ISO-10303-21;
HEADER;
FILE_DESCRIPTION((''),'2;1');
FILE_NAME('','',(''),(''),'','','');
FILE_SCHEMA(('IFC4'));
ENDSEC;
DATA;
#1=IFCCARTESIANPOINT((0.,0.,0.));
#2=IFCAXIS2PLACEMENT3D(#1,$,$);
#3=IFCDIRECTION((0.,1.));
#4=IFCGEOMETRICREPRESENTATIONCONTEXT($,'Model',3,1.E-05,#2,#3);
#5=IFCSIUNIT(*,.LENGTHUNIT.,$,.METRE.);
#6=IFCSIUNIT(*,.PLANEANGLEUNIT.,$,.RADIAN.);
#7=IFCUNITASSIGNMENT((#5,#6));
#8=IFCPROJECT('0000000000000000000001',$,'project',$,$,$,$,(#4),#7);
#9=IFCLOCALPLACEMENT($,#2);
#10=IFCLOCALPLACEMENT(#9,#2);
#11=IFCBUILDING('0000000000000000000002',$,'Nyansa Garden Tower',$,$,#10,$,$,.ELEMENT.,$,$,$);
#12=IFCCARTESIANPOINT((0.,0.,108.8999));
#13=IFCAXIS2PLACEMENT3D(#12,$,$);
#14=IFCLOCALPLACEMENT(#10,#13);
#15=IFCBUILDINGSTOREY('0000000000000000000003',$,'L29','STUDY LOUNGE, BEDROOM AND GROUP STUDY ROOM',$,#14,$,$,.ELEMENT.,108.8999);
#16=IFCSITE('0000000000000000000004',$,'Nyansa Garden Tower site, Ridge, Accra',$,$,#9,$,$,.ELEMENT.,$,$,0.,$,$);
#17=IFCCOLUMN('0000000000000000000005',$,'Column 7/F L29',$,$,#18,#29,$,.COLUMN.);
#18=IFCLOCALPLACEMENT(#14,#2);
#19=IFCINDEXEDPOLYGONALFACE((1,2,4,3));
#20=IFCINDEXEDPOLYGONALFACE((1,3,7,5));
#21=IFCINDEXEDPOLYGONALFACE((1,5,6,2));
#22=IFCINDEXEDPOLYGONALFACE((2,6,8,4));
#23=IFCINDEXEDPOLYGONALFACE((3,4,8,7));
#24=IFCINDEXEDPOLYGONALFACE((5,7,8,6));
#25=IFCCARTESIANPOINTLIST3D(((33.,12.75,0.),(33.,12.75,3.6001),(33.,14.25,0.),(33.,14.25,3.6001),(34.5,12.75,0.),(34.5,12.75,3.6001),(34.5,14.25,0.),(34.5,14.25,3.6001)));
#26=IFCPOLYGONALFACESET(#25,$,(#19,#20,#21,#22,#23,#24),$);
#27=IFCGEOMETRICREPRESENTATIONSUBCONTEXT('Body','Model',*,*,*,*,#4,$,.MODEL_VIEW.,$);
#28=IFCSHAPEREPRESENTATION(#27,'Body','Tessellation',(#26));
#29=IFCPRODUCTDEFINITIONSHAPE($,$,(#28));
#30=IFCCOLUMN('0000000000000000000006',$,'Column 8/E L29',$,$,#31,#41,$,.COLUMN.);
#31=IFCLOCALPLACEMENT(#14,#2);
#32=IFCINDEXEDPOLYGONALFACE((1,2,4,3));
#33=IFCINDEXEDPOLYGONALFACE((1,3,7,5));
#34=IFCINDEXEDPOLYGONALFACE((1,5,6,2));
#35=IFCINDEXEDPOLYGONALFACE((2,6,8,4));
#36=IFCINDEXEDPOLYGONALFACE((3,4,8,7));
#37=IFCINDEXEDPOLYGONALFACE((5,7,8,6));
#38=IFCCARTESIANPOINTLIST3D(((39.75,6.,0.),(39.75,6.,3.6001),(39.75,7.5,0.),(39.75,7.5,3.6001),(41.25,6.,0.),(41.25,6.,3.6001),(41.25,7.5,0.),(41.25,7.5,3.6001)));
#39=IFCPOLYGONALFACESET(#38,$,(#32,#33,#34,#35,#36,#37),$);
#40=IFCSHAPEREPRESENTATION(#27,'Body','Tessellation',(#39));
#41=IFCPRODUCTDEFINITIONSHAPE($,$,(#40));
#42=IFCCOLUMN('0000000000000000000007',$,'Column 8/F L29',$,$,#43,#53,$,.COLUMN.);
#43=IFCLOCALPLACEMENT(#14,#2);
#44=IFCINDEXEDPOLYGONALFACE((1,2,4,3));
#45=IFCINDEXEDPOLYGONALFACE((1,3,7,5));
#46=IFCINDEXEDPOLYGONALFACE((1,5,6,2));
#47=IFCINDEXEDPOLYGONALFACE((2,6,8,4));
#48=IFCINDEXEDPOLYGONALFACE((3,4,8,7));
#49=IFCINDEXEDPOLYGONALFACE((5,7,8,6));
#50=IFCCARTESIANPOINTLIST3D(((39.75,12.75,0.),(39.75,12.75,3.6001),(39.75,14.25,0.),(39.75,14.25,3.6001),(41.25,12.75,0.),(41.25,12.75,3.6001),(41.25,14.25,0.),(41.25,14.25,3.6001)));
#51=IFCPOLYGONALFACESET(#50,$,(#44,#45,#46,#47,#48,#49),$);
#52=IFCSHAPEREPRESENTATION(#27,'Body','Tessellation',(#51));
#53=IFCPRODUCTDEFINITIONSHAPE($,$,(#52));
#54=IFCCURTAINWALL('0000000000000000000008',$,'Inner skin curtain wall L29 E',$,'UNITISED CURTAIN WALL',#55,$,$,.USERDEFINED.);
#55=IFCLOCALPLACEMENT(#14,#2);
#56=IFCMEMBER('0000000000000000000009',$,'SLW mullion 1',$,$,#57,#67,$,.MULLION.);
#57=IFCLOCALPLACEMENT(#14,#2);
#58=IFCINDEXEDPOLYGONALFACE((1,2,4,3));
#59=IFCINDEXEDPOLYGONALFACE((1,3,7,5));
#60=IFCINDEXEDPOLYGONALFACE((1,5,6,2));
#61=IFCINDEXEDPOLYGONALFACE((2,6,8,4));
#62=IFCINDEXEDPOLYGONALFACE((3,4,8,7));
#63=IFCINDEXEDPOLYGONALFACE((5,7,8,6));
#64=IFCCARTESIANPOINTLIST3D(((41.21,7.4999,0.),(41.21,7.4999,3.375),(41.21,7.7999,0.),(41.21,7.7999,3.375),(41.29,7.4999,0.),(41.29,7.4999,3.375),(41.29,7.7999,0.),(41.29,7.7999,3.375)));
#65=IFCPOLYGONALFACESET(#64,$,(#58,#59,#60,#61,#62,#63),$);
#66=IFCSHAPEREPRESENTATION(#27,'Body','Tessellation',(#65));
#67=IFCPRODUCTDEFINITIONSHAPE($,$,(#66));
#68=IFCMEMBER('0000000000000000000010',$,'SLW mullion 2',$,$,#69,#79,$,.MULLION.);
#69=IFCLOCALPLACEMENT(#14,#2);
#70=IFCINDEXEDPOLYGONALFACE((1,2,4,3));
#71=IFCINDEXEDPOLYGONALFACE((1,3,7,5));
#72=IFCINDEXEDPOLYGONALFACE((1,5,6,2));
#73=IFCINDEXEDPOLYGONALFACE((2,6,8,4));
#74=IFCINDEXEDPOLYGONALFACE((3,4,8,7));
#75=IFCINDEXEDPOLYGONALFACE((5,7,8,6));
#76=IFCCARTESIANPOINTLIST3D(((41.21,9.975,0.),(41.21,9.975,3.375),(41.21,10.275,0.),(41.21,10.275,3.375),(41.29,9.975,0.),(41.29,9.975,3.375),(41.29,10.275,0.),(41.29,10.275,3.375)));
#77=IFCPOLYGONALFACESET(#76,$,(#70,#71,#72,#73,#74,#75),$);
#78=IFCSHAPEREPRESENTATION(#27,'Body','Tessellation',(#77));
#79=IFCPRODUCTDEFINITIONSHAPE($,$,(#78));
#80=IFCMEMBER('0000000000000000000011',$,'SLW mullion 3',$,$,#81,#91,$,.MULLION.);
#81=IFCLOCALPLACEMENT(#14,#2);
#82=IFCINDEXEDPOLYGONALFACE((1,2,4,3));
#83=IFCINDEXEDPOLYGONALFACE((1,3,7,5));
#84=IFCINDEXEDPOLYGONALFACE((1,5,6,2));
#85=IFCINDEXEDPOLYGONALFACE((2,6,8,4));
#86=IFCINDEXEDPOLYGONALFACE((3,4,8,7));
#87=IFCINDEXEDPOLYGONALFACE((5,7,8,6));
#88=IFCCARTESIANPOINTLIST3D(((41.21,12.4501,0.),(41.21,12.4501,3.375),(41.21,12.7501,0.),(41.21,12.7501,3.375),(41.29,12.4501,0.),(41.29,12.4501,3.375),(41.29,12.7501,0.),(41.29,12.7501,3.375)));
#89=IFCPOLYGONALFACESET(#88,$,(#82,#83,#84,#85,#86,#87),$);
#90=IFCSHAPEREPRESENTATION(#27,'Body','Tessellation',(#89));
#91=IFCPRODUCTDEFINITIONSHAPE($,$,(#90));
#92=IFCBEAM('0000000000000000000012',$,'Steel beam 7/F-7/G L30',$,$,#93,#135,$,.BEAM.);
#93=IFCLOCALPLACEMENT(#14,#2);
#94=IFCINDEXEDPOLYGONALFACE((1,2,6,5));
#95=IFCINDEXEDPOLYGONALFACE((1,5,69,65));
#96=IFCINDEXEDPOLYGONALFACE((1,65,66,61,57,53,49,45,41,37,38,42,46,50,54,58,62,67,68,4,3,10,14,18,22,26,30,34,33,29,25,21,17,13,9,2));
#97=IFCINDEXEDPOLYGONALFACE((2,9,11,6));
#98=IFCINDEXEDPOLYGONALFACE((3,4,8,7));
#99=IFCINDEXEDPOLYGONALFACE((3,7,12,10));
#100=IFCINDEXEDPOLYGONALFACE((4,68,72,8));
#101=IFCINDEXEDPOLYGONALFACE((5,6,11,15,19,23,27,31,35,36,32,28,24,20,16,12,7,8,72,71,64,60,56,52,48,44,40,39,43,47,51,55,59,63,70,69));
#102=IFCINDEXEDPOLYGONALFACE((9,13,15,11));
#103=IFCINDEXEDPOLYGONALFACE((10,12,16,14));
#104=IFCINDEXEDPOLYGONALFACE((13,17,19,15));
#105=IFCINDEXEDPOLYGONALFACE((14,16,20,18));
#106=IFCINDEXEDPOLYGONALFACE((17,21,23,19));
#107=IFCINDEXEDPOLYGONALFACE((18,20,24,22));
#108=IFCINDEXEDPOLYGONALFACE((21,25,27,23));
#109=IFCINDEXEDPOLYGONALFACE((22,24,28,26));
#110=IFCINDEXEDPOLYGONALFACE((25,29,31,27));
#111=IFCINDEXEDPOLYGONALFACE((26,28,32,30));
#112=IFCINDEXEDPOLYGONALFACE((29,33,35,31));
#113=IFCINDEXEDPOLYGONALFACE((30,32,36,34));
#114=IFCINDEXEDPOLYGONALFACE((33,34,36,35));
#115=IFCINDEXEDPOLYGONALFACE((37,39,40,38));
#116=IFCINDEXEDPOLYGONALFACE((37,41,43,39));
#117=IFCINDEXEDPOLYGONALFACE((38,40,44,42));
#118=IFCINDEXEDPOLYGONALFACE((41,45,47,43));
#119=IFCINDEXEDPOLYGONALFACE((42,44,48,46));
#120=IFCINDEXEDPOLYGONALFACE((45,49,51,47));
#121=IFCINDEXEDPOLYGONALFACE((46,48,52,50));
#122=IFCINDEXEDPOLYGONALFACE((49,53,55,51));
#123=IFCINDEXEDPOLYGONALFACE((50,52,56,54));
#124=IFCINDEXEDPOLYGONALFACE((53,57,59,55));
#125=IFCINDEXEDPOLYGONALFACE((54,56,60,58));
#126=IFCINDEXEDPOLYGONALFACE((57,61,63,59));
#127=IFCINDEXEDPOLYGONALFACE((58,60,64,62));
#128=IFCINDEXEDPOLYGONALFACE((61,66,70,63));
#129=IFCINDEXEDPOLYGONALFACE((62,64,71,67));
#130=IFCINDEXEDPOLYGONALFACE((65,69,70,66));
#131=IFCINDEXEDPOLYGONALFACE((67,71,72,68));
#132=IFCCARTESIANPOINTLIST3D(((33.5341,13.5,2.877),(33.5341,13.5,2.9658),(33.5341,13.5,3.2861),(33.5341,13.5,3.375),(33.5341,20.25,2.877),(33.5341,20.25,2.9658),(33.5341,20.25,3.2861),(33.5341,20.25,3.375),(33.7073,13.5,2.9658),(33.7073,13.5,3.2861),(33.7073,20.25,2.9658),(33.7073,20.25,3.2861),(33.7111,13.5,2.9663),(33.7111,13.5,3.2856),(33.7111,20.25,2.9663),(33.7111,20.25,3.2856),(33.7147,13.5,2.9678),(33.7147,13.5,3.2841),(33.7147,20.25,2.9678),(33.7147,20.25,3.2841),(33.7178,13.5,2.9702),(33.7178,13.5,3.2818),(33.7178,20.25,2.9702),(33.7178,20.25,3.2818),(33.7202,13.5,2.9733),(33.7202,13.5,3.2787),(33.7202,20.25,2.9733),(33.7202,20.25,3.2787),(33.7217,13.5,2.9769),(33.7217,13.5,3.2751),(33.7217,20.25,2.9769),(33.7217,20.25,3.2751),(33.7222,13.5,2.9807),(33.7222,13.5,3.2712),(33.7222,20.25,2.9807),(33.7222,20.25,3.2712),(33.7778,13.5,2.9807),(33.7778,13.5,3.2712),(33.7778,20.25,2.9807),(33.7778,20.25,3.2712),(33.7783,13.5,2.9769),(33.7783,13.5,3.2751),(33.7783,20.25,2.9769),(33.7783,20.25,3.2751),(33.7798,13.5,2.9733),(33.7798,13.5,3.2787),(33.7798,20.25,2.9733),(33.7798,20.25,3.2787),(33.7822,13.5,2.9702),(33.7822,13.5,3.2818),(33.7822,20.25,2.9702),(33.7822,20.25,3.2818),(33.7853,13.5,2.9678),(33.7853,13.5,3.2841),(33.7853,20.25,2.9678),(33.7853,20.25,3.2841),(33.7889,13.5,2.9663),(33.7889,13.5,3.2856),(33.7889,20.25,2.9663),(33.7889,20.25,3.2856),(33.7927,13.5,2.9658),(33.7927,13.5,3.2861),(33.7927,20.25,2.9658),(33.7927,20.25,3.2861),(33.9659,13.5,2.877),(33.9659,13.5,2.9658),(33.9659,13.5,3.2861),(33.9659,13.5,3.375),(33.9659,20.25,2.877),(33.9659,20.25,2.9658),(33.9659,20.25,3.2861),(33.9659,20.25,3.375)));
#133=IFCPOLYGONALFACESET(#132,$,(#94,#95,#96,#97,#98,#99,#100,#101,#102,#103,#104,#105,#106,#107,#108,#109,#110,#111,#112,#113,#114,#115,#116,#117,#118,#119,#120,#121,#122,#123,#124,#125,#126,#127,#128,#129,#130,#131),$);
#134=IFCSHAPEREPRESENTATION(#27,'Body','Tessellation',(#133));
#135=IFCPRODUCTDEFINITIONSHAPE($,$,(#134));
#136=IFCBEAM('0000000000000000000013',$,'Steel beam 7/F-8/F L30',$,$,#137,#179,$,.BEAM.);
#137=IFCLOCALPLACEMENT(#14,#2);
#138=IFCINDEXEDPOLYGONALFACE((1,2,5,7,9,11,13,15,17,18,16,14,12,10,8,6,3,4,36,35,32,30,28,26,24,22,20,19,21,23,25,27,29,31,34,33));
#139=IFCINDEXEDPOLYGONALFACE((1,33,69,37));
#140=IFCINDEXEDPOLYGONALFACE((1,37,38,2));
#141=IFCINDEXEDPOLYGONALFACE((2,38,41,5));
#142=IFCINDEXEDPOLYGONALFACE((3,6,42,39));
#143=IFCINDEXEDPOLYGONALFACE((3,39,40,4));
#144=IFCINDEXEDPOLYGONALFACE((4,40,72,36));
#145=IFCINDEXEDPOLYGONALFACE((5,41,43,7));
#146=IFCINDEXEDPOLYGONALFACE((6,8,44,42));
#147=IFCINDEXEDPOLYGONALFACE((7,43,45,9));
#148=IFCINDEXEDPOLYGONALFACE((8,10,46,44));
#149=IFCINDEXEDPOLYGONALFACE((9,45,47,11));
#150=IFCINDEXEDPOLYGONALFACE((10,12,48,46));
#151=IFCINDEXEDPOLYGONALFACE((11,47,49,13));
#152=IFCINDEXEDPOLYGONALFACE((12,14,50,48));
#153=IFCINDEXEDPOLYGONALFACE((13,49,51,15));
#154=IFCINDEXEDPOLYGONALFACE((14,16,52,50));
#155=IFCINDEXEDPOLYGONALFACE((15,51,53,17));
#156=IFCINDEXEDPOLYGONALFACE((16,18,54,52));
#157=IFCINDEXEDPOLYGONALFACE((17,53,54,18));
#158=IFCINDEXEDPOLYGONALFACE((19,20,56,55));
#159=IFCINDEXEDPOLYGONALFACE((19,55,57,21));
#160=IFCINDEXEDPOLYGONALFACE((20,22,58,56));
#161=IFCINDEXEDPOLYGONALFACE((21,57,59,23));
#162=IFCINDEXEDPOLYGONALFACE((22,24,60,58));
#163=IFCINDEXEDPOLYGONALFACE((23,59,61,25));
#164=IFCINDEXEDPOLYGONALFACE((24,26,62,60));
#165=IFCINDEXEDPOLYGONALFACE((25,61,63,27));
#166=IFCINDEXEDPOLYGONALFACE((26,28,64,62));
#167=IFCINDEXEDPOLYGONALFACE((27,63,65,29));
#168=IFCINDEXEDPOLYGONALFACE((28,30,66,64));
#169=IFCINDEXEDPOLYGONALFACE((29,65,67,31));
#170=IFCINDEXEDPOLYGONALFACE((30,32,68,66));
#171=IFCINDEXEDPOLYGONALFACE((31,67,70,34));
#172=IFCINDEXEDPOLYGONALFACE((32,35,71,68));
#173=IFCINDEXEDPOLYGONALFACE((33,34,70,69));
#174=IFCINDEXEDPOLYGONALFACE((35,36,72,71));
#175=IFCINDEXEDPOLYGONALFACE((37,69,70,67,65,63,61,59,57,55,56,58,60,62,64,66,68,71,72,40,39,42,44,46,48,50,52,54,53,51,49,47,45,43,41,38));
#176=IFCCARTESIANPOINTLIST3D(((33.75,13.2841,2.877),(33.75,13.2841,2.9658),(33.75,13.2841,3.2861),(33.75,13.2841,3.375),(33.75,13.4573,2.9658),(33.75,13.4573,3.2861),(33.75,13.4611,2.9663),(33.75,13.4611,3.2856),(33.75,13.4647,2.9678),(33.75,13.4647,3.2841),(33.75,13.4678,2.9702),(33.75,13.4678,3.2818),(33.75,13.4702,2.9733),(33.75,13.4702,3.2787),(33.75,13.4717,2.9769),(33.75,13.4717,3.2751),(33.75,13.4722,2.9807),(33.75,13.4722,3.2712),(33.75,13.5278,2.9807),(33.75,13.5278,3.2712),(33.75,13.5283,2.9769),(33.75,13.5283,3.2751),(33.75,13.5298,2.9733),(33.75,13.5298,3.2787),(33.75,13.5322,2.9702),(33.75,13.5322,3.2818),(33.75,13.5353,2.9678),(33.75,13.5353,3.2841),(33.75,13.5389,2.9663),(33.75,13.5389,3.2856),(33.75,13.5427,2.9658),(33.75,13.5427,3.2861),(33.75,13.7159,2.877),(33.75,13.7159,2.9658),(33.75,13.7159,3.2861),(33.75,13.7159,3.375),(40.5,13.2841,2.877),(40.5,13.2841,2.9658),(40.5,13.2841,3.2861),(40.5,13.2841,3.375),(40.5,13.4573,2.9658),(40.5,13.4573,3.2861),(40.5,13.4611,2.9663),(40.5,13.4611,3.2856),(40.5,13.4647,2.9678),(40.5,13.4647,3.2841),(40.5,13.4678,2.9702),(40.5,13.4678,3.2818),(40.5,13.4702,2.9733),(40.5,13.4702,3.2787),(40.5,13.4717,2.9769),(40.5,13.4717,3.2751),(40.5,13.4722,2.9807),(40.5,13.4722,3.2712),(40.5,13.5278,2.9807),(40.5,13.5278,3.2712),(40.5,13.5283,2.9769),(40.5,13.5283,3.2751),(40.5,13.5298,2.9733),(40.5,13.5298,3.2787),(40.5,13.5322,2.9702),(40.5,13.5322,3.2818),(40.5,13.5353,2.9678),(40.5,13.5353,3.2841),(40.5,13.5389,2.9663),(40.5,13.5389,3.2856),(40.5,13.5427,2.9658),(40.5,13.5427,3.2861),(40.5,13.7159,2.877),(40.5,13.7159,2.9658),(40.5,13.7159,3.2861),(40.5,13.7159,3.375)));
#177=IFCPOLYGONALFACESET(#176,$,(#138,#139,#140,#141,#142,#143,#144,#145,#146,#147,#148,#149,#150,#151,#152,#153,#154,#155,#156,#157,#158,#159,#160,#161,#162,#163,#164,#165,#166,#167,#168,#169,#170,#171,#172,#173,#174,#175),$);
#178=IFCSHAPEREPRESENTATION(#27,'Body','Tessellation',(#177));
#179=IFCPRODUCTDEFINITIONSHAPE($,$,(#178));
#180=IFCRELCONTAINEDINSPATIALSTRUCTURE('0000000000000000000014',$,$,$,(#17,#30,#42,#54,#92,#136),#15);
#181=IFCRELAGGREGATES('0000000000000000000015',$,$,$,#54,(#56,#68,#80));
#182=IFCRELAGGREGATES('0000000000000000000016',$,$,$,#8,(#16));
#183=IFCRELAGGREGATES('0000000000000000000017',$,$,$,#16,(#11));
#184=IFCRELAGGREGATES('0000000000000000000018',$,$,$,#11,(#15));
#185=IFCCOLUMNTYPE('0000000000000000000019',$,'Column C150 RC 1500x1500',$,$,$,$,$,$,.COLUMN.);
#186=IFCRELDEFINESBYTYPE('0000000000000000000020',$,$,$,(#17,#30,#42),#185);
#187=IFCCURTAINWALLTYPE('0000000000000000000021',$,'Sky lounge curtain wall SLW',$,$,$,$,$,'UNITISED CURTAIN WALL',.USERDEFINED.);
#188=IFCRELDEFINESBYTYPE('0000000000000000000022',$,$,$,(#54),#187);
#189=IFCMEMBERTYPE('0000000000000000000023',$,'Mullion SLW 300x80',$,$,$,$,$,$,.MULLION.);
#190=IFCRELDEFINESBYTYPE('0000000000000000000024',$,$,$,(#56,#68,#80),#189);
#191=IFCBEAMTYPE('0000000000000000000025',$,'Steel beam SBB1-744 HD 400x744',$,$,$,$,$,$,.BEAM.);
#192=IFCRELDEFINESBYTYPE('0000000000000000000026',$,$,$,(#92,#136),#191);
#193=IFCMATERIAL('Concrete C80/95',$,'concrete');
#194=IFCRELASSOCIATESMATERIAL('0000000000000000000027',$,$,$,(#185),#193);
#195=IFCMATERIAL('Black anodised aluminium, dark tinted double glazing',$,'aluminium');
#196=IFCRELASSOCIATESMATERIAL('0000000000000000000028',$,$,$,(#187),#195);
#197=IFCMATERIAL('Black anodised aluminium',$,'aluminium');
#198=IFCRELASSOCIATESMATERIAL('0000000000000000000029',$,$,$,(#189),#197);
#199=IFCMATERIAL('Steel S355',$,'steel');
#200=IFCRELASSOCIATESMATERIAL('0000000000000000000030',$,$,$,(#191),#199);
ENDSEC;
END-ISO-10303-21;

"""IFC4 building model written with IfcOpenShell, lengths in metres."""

from ifc_helpers import new_model, si_unit, direction, frame, origin, origin_2d, place, context, subcontext, project, spatial, rectangle, i_section, extrude, material, material_profile, profile_set, type_object, element, aggregate, save


model = new_model("IFC4")

# Units and contexts
model_context = context("Model", 3, precision=1e-05, world=origin(), true_north=direction((0.0, 1.0)))
body_context = subcontext(model_context, "Body", "Model", "MODEL_VIEW")
ifc_project = project(units=[si_unit("LENGTHUNIT", "METRE"), si_unit("PLANEANGLEUNIT", "RADIAN")], contexts=[model_context])

# Site, building, storey
site_placement = place(None, origin())
site = spatial("IfcSite", under=ifc_project, at=site_placement, Name="Nyansa Garden Tower site, Ridge, Accra", CompositionType="ELEMENT", RefElevation=0.0)
building_placement = place(site_placement, origin())
building = spatial("IfcBuilding", under=site, at=building_placement, Name="Nyansa Garden Tower", CompositionType="ELEMENT")
storey_placement = place(building_placement, frame((0.0, 0.0, 108.8999)))
storey = spatial("IfcBuildingStorey", under=building, at=storey_placement, Name="L29", Description="STUDY LOUNGE, BEDROOM AND GROUP STUDY ROOM", CompositionType="ELEMENT", Elevation=108.8999)

# Columns
ifc_material_1 = material(Name="Concrete C80/95", Category="concrete")
ifc_material_profile_1 = material_profile(ifc_material_1, rectangle(XDim=1.5, YDim=1.5, at=origin_2d()), Name="RC 1500x1500")
ifc_profile_set_1 = profile_set([ifc_material_profile_1], Name="Concrete C80/95")
column_type = type_object("IfcColumnType", Name="Column C150 RC 1500x1500", PredefinedType="COLUMN", material=ifc_profile_set_1)
for number, where, z_axis, x_axis, name in (
    (1, (33.75, 13.5, 0.0), (0.0, 0.0, 1.0), (1.0, 0.0, 0.0), "Column 7/F L29"),
    (2, (40.5, 6.75, 0.0), (0.0, 0.0, 1.0), (1.0, 0.0, 0.0), "Column 8/E L29"),
    (3, (40.5, 13.5, 0.0), (0.0, 0.0, 1.0), (1.0, 0.0, 0.0), "Column 8/F L29"),
):
    element("IfcColumn", number, at=place(storey_placement, frame(where, z_axis=z_axis, x_axis=x_axis)), inside=storey, type_object=column_type, Name=name, PredefinedType="COLUMN", context=body_context, shape_type="SweptSolid", body=[
        extrude(rectangle(XDim=1.5, YDim=1.5, at=origin_2d()), origin(), (0.0, 0.0, 1.0), 3.6001),
    ])

# Curtain wall, members
ifc_material_2 = material(Name="Black anodised aluminium, dark tinted double glazing", Category="aluminium")
curtain_wall_type = type_object("IfcCurtainWallType", Name="Sky lounge curtain wall SLW", ElementType="UNITISED CURTAIN WALL", PredefinedType="USERDEFINED", material=ifc_material_2)
curtain_wall_placement = place(storey_placement, origin())
curtain_wall = element("IfcCurtainWall", 4, at=curtain_wall_placement, inside=storey, type_object=curtain_wall_type, Name="Inner skin curtain wall L29 E", ObjectType="UNITISED CURTAIN WALL", PredefinedType="USERDEFINED")
ifc_material_3 = material(Name="Black anodised aluminium", Category="aluminium")
ifc_material_profile_2 = material_profile(ifc_material_3, rectangle(XDim=0.0801, YDim=0.3, at=origin_2d()), Name="Mullion 300x80")
ifc_profile_set_2 = profile_set([ifc_material_profile_2], Name="Black anodised aluminium")
member_type_1 = type_object("IfcMemberType", Name="Mullion SLW 300x80", PredefinedType="MULLION", material=ifc_profile_set_2)
member_1_placement = place(storey_placement, frame((41.25, 7.6499, 0.0), z_axis=(0.0, 0.0, 1.0), x_axis=(-1.0, 0.0, 0.0)))
member_1 = element("IfcMember", 5, at=member_1_placement, type_object=member_type_1, Name="SLW mullion 1", PredefinedType="MULLION", context=body_context, shape_type="SweptSolid", body=[
    extrude(rectangle(XDim=0.0801, YDim=0.3, at=origin_2d()), origin(), (0.0, 0.0, 1.0), 3.375),
])
member_2_placement = place(storey_placement, frame((41.25, 10.125, 0.0), z_axis=(0.0, 0.0, 1.0), x_axis=(-1.0, 0.0, 0.0)))
member_2 = element("IfcMember", 6, at=member_2_placement, type_object=member_type_1, Name="SLW mullion 2", PredefinedType="MULLION", context=body_context, shape_type="SweptSolid", body=[
    extrude(rectangle(XDim=0.0801, YDim=0.3, at=origin_2d()), origin(), (0.0, 0.0, 1.0), 3.375),
])
member_3_placement = place(storey_placement, frame((41.25, 12.6001, 0.0), z_axis=(0.0, 0.0, 1.0), x_axis=(-1.0, 0.0, 0.0)))
member_3 = element("IfcMember", 7, at=member_3_placement, type_object=member_type_1, Name="SLW mullion 3", PredefinedType="MULLION", context=body_context, shape_type="SweptSolid", body=[
    extrude(rectangle(XDim=0.0801, YDim=0.3, at=origin_2d()), origin(), (0.0, 0.0, 1.0), 3.375),
])

# Beams
ifc_material_4 = material(Name="Steel S355", Category="steel")
ifc_material_profile_3 = material_profile(ifc_material_4, i_section(OverallWidth=0.4319, OverallDepth=0.498, WebThickness=0.0557, FlangeThickness=0.0889, FilletRadius=0.0149, at=origin_2d()), Name="HD 400x744")
ifc_profile_set_3 = profile_set([ifc_material_profile_3], Name="Steel S355")
beam_type_1 = type_object("IfcBeamType", Name="Steel beam SBB1-744 HD 400x744", PredefinedType="BEAM", material=ifc_profile_set_3)
for number, where, z_axis, x_axis, name in (
    (8, (33.75, 13.5, 3.126), (0.0, 1.0, 0.0), (-1.0, 0.0, 0.0), "Steel beam 7/F-7/G L30"),
    (9, (33.75, 13.5, 3.126), (1.0, 0.0, 0.0), (0.0, 1.0, 0.0), "Steel beam 7/F-8/F L30"),
):
    element("IfcBeam", number, at=place(storey_placement, frame(where, z_axis=z_axis, x_axis=x_axis)), inside=storey, type_object=beam_type_1, Name=name, PredefinedType="BEAM", context=body_context, shape_type="SweptSolid", body=[
        extrude(i_section(OverallWidth=0.4319, OverallDepth=0.498, WebThickness=0.0557, FlangeThickness=0.0889, FilletRadius=0.0149, at=origin_2d()), origin(), (0.0, 0.0, 1.0), 6.75),
    ])

aggregate(curtain_wall, [member_1, member_2, member_3])

save(model, "model.ifc")
